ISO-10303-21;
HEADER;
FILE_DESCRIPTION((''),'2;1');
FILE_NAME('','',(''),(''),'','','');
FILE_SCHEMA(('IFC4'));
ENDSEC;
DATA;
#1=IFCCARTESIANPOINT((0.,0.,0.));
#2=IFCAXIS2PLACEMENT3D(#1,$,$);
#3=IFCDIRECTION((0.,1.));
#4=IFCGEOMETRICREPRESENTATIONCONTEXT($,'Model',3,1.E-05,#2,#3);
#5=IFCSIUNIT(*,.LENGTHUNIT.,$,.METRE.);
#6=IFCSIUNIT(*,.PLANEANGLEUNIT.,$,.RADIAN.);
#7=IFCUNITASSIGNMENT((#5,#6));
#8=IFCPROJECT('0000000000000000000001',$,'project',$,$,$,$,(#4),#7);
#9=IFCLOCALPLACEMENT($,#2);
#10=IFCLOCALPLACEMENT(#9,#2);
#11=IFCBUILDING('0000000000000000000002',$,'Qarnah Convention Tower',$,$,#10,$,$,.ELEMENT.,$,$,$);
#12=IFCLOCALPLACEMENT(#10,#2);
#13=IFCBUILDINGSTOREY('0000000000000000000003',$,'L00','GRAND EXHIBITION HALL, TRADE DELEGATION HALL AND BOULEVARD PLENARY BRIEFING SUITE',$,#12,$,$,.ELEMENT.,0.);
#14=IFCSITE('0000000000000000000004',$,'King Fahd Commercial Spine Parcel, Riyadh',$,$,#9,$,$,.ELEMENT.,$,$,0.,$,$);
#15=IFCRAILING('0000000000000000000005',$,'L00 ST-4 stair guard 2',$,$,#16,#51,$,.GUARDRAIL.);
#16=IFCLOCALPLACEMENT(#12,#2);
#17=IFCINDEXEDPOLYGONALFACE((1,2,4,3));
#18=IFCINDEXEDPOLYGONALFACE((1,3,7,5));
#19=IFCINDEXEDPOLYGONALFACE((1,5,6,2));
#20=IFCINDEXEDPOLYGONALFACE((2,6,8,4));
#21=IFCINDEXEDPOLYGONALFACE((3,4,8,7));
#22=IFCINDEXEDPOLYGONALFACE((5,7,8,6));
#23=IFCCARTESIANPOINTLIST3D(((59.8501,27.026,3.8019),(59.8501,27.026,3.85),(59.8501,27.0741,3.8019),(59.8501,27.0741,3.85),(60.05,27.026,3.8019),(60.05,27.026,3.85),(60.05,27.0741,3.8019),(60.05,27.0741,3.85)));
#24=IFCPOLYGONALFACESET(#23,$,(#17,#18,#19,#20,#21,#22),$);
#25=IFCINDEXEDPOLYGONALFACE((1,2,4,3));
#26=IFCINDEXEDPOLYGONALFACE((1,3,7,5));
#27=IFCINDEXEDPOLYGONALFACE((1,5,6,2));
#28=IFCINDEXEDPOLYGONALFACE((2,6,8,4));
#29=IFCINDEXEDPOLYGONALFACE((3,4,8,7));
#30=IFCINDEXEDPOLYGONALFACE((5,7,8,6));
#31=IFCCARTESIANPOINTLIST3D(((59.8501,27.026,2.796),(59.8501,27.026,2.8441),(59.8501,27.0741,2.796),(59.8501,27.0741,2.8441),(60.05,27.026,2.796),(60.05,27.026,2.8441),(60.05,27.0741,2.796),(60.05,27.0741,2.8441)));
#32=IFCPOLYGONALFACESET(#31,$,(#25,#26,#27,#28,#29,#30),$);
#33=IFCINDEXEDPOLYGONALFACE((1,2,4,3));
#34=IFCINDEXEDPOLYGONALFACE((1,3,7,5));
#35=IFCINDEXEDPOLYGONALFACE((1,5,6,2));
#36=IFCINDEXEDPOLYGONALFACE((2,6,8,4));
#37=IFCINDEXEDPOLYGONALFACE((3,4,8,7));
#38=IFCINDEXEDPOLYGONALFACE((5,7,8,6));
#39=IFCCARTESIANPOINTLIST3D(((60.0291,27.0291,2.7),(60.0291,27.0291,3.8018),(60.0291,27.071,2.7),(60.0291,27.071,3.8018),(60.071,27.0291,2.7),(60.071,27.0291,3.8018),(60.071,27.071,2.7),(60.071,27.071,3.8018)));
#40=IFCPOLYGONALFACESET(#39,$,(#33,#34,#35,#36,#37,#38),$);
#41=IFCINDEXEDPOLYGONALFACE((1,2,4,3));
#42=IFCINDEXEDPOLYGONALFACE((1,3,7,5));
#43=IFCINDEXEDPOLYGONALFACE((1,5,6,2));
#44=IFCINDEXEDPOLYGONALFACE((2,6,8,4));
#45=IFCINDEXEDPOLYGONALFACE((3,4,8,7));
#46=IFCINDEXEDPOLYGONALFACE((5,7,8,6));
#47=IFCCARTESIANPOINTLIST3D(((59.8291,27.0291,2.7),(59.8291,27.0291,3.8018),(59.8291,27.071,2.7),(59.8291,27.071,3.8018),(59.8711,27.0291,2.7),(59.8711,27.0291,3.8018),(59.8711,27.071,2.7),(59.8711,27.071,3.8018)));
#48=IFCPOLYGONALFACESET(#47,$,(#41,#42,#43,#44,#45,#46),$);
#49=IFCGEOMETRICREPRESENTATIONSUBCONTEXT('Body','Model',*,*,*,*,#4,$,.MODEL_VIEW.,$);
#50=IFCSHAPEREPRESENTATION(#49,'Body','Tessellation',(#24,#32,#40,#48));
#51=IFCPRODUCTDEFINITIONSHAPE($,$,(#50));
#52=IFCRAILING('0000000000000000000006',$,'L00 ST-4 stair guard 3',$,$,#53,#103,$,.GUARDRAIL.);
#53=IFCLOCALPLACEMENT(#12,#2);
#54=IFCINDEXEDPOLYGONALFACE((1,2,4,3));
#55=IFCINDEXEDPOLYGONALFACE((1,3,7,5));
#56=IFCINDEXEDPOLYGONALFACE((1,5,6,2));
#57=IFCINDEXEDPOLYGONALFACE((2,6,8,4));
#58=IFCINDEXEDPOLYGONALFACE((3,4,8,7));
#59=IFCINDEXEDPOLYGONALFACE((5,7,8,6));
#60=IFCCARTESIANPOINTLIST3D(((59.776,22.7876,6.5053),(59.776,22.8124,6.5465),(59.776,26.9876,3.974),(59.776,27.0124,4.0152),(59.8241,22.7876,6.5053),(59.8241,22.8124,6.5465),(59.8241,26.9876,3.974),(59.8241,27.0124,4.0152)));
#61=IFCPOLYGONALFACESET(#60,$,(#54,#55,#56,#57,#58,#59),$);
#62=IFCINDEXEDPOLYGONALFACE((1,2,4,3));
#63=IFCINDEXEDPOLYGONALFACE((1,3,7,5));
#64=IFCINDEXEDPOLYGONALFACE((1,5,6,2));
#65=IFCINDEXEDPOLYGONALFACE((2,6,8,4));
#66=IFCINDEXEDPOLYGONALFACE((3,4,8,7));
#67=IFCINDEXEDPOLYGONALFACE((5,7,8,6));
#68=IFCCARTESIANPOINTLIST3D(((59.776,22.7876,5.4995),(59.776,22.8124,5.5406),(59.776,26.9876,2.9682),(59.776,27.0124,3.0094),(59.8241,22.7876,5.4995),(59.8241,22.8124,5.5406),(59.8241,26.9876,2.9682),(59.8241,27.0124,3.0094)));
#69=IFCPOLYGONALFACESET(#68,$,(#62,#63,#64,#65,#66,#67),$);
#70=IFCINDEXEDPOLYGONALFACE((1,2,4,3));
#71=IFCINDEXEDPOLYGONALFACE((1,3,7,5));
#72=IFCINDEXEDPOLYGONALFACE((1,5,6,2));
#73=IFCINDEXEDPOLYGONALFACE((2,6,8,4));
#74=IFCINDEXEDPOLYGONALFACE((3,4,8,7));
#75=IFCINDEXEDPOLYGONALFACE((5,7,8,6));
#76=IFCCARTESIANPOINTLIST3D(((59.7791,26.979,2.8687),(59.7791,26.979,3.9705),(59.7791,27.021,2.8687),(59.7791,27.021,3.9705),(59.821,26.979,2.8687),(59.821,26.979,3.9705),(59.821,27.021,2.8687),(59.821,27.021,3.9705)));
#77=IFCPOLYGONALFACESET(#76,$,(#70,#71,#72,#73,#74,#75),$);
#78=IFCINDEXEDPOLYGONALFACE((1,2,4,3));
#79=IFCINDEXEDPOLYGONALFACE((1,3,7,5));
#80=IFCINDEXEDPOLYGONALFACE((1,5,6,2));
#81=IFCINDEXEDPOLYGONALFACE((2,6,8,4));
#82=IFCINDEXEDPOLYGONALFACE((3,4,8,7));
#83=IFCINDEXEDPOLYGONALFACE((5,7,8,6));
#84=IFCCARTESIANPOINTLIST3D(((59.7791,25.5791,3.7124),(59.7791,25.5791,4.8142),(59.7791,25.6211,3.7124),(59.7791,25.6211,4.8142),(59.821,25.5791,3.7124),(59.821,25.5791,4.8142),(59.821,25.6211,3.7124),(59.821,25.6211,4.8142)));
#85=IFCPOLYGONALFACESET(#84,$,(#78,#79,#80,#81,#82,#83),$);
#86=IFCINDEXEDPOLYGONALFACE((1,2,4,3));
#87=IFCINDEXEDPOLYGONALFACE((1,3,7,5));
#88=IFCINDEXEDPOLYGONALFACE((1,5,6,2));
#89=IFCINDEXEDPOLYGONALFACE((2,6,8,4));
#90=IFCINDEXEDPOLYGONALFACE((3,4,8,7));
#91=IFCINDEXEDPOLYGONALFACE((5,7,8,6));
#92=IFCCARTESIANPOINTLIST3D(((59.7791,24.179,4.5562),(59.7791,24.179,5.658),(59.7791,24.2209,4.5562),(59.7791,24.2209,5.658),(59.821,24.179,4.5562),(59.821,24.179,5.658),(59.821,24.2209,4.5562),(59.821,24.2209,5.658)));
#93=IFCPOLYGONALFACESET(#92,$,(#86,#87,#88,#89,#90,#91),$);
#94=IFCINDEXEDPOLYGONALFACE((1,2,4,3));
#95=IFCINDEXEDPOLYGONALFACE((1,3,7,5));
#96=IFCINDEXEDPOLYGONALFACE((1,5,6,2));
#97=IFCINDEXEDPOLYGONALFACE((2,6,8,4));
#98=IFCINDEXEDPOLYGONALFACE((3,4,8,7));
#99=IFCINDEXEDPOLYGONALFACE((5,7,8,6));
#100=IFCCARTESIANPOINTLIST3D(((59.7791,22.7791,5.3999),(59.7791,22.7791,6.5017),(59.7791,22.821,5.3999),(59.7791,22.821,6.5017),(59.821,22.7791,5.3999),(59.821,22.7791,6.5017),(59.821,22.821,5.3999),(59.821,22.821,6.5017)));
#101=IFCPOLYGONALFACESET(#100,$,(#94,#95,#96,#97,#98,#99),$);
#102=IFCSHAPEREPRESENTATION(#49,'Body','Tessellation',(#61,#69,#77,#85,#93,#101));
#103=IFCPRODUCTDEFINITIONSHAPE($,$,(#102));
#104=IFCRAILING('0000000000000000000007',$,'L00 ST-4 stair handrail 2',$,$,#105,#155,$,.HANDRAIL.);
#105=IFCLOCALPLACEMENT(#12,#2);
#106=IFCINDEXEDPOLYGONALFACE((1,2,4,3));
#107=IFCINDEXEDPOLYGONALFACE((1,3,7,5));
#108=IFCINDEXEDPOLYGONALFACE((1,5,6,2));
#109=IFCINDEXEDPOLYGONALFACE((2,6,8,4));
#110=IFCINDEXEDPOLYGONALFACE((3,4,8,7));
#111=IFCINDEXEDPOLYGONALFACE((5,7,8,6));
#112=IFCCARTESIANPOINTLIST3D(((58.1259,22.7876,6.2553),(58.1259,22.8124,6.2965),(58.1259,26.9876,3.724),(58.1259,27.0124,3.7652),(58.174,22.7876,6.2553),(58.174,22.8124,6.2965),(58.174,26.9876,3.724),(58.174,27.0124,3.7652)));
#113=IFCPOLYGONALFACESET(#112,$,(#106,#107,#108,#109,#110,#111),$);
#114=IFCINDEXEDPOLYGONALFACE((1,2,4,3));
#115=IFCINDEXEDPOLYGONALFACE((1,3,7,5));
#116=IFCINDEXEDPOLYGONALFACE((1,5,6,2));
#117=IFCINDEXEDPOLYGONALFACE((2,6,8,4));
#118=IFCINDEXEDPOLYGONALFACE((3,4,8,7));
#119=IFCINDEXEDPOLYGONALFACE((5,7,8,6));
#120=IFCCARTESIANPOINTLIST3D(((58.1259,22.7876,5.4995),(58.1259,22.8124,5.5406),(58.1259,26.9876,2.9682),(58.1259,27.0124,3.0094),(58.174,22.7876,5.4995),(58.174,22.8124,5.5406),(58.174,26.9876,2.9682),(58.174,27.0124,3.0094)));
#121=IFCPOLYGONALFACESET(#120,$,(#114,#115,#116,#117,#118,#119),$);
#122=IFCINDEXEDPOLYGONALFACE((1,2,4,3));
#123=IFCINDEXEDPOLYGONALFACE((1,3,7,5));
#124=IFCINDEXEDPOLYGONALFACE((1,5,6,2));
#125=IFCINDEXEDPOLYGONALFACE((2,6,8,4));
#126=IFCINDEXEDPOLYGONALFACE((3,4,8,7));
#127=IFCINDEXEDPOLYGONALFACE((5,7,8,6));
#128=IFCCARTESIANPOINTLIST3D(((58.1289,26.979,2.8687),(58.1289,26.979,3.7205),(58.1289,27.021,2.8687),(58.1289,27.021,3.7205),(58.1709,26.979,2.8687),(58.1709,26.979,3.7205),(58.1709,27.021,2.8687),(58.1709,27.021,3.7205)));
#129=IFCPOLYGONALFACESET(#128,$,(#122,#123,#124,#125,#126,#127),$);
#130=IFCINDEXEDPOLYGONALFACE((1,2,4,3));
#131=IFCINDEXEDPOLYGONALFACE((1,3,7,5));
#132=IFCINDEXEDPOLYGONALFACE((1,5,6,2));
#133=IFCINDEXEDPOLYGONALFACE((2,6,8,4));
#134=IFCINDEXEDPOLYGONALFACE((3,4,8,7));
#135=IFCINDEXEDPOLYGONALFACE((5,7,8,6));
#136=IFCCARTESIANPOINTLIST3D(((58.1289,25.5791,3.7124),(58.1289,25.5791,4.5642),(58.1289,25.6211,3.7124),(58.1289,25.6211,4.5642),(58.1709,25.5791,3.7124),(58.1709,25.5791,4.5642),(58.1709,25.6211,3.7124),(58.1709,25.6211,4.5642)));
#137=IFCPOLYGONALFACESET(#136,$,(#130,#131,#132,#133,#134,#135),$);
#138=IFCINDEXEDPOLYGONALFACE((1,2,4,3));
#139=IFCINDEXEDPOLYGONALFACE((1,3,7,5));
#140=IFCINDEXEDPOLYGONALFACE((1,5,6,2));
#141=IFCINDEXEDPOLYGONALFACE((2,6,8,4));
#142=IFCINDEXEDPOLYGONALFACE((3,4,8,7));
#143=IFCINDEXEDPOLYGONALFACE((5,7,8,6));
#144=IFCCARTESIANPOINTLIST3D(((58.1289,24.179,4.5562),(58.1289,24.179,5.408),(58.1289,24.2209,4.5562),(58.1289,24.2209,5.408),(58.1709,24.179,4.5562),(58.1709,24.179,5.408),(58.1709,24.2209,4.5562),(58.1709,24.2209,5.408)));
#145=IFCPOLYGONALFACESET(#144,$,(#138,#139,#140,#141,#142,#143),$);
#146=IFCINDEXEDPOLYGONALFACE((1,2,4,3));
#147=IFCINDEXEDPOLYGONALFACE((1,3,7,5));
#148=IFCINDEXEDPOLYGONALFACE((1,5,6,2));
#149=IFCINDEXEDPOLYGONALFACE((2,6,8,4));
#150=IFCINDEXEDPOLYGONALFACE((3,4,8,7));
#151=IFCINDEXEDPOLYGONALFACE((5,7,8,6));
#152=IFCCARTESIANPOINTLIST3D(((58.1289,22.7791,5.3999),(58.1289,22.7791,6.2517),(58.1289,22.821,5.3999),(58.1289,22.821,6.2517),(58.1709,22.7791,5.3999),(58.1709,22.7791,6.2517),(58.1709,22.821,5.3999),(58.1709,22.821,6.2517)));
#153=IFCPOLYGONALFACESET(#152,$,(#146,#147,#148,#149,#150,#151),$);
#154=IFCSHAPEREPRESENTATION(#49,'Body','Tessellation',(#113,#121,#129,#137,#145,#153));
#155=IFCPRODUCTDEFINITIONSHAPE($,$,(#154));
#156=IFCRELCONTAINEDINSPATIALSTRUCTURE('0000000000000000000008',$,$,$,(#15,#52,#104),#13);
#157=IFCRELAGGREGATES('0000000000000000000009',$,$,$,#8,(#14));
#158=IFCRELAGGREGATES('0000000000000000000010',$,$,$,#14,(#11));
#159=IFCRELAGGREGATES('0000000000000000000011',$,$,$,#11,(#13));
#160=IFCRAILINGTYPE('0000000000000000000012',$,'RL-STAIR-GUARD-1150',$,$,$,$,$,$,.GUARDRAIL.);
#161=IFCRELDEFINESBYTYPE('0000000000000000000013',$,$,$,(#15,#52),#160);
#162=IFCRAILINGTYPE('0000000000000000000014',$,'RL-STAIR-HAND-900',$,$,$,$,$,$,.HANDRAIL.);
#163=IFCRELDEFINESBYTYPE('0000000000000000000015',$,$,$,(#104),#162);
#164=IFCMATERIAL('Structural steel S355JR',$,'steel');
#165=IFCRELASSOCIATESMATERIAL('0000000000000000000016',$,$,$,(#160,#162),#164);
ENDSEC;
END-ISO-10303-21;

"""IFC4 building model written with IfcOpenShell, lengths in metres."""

from ifc_helpers import new_model, si_unit, direction, frame, origin, origin_2d, place, context, subcontext, project, spatial, rectangle, extrude, material, type_object, element, save


model = new_model("IFC4")

# Units and contexts
model_context = context("Model", 3, precision=1e-05, world=origin(), true_north=direction((0.0, 1.0)))
body_context = subcontext(model_context, "Body", "Model", "MODEL_VIEW")
ifc_project = project(units=[si_unit("LENGTHUNIT", "METRE"), si_unit("PLANEANGLEUNIT", "RADIAN")], contexts=[model_context])

# Site, building, storey
site_placement = place(None, origin())
site = spatial("IfcSite", under=ifc_project, at=site_placement, Name="King Fahd Commercial Spine Parcel, Riyadh", CompositionType="ELEMENT", RefElevation=0.0)
building_placement = place(site_placement, origin())
building = spatial("IfcBuilding", under=site, at=building_placement, Name="Qarnah Convention Tower", CompositionType="ELEMENT")
storey_placement = place(building_placement, origin())
storey = spatial("IfcBuildingStorey", under=building, at=storey_placement, Name="L00", Description="GRAND EXHIBITION HALL, TRADE DELEGATION HALL AND BOULEVARD PLENARY BRIEFING SUITE", CompositionType="ELEMENT", Elevation=0.0)

# Shared definitions
ifc_material_1 = material(Name="Structural steel S355JR", Category="steel")

# Railings
railing_type_1 = type_object("IfcRailingType", Name="RL-STAIR-GUARD-1150", PredefinedType="GUARDRAIL", material=ifc_material_1)
railing_1_placement = place(storey_placement, frame((60.05, 27.05, 2.7)))
element("IfcRailing", 1, at=railing_1_placement, inside=storey, type_object=railing_type_1, Name="L00 ST-4 stair guard 2", PredefinedType="GUARDRAIL", context=body_context, shape_type="SweptSolid", body=[
    extrude(rectangle(XDim=0.0481, YDim=0.0481, at=origin_2d()), frame((0.0, 0.0, 1.126), z_axis=(-1.0, 0.0, 0.0), x_axis=(0.0, -1.0, 0.0)), (0.0, 0.0, 1.0), 0.2),
    extrude(rectangle(XDim=0.0481, YDim=0.0481, at=origin_2d()), frame((0.0, 0.0, 0.1201), z_axis=(-1.0, 0.0, 0.0), x_axis=(0.0, -1.0, 0.0)), (0.0, 0.0, 1.0), 0.2),
    extrude(rectangle(XDim=0.042, YDim=0.042, at=origin_2d()), origin(), (0.0, 0.0, 1.0), 1.1018),
    extrude(rectangle(XDim=0.042, YDim=0.042, at=origin_2d()), frame((-0.2, 0.0, 0.0)), (0.0, 0.0, 1.0), 1.1018),
])
railing_2_placement = place(storey_placement, frame((59.8, 27.0, 2.8687)))
element("IfcRailing", 2, at=railing_2_placement, inside=storey, type_object=railing_type_1, Name="L00 ST-4 stair guard 3", PredefinedType="GUARDRAIL", context=body_context, shape_type="SweptSolid", body=[
    extrude(rectangle(XDim=0.0481, YDim=0.0481, at=origin_2d()), frame((0.0, 0.0, 1.126), z_axis=(0.0, -0.856476, 0.516186), x_axis=(1.0, 0.0, 0.0)), (0.0, 0.0, 1.0), 4.9038),
    extrude(rectangle(XDim=0.0481, YDim=0.0481, at=origin_2d()), frame((0.0, 0.0, 0.1201), z_axis=(0.0, -0.856476, 0.516186), x_axis=(1.0, 0.0, 0.0)), (0.0, 0.0, 1.0), 4.9038),
    extrude(rectangle(XDim=0.042, YDim=0.042, at=origin_2d()), origin(), (0.0, 0.0, 1.0), 1.1018),
    extrude(rectangle(XDim=0.042, YDim=0.042, at=origin_2d()), frame((0.0, -1.3999, 0.8438)), (0.0, 0.0, 1.0), 1.1018),
    extrude(rectangle(XDim=0.042, YDim=0.042, at=origin_2d()), frame((0.0, -2.8, 1.6875)), (0.0, 0.0, 1.0), 1.1018),
    extrude(rectangle(XDim=0.042, YDim=0.042, at=origin_2d()), frame((0.0, -4.2, 2.5312)), (0.0, 0.0, 1.0), 1.1018),
])
railing_type_2 = type_object("IfcRailingType", Name="RL-STAIR-HAND-900", PredefinedType="HANDRAIL", material=ifc_material_1)
railing_3_placement = place(storey_placement, frame((58.1499, 27.0, 2.8687)))
element("IfcRailing", 3, at=railing_3_placement, inside=storey, type_object=railing_type_2, Name="L00 ST-4 stair handrail 2", PredefinedType="HANDRAIL", context=body_context, shape_type="SweptSolid", body=[
    extrude(rectangle(XDim=0.0481, YDim=0.0481, at=origin_2d()), frame((0.0, 0.0, 0.876), z_axis=(0.0, -0.856476, 0.516186), x_axis=(1.0, 0.0, 0.0)), (0.0, 0.0, 1.0), 4.9038),
    extrude(rectangle(XDim=0.0481, YDim=0.0481, at=origin_2d()), frame((0.0, 0.0, 0.1201), z_axis=(0.0, -0.856476, 0.516186), x_axis=(1.0, 0.0, 0.0)), (0.0, 0.0, 1.0), 4.9038),
    extrude(rectangle(XDim=0.042, YDim=0.042, at=origin_2d()), origin(), (0.0, 0.0, 1.0), 0.8518),
    extrude(rectangle(XDim=0.042, YDim=0.042, at=origin_2d()), frame((0.0, -1.3999, 0.8438)), (0.0, 0.0, 1.0), 0.8518),
    extrude(rectangle(XDim=0.042, YDim=0.042, at=origin_2d()), frame((0.0, -2.8, 1.6875)), (0.0, 0.0, 1.0), 0.8518),
    extrude(rectangle(XDim=0.042, YDim=0.042, at=origin_2d()), frame((0.0, -4.2, 2.5312)), (0.0, 0.0, 1.0), 0.8518),
])

save(model, "model.ifc")
